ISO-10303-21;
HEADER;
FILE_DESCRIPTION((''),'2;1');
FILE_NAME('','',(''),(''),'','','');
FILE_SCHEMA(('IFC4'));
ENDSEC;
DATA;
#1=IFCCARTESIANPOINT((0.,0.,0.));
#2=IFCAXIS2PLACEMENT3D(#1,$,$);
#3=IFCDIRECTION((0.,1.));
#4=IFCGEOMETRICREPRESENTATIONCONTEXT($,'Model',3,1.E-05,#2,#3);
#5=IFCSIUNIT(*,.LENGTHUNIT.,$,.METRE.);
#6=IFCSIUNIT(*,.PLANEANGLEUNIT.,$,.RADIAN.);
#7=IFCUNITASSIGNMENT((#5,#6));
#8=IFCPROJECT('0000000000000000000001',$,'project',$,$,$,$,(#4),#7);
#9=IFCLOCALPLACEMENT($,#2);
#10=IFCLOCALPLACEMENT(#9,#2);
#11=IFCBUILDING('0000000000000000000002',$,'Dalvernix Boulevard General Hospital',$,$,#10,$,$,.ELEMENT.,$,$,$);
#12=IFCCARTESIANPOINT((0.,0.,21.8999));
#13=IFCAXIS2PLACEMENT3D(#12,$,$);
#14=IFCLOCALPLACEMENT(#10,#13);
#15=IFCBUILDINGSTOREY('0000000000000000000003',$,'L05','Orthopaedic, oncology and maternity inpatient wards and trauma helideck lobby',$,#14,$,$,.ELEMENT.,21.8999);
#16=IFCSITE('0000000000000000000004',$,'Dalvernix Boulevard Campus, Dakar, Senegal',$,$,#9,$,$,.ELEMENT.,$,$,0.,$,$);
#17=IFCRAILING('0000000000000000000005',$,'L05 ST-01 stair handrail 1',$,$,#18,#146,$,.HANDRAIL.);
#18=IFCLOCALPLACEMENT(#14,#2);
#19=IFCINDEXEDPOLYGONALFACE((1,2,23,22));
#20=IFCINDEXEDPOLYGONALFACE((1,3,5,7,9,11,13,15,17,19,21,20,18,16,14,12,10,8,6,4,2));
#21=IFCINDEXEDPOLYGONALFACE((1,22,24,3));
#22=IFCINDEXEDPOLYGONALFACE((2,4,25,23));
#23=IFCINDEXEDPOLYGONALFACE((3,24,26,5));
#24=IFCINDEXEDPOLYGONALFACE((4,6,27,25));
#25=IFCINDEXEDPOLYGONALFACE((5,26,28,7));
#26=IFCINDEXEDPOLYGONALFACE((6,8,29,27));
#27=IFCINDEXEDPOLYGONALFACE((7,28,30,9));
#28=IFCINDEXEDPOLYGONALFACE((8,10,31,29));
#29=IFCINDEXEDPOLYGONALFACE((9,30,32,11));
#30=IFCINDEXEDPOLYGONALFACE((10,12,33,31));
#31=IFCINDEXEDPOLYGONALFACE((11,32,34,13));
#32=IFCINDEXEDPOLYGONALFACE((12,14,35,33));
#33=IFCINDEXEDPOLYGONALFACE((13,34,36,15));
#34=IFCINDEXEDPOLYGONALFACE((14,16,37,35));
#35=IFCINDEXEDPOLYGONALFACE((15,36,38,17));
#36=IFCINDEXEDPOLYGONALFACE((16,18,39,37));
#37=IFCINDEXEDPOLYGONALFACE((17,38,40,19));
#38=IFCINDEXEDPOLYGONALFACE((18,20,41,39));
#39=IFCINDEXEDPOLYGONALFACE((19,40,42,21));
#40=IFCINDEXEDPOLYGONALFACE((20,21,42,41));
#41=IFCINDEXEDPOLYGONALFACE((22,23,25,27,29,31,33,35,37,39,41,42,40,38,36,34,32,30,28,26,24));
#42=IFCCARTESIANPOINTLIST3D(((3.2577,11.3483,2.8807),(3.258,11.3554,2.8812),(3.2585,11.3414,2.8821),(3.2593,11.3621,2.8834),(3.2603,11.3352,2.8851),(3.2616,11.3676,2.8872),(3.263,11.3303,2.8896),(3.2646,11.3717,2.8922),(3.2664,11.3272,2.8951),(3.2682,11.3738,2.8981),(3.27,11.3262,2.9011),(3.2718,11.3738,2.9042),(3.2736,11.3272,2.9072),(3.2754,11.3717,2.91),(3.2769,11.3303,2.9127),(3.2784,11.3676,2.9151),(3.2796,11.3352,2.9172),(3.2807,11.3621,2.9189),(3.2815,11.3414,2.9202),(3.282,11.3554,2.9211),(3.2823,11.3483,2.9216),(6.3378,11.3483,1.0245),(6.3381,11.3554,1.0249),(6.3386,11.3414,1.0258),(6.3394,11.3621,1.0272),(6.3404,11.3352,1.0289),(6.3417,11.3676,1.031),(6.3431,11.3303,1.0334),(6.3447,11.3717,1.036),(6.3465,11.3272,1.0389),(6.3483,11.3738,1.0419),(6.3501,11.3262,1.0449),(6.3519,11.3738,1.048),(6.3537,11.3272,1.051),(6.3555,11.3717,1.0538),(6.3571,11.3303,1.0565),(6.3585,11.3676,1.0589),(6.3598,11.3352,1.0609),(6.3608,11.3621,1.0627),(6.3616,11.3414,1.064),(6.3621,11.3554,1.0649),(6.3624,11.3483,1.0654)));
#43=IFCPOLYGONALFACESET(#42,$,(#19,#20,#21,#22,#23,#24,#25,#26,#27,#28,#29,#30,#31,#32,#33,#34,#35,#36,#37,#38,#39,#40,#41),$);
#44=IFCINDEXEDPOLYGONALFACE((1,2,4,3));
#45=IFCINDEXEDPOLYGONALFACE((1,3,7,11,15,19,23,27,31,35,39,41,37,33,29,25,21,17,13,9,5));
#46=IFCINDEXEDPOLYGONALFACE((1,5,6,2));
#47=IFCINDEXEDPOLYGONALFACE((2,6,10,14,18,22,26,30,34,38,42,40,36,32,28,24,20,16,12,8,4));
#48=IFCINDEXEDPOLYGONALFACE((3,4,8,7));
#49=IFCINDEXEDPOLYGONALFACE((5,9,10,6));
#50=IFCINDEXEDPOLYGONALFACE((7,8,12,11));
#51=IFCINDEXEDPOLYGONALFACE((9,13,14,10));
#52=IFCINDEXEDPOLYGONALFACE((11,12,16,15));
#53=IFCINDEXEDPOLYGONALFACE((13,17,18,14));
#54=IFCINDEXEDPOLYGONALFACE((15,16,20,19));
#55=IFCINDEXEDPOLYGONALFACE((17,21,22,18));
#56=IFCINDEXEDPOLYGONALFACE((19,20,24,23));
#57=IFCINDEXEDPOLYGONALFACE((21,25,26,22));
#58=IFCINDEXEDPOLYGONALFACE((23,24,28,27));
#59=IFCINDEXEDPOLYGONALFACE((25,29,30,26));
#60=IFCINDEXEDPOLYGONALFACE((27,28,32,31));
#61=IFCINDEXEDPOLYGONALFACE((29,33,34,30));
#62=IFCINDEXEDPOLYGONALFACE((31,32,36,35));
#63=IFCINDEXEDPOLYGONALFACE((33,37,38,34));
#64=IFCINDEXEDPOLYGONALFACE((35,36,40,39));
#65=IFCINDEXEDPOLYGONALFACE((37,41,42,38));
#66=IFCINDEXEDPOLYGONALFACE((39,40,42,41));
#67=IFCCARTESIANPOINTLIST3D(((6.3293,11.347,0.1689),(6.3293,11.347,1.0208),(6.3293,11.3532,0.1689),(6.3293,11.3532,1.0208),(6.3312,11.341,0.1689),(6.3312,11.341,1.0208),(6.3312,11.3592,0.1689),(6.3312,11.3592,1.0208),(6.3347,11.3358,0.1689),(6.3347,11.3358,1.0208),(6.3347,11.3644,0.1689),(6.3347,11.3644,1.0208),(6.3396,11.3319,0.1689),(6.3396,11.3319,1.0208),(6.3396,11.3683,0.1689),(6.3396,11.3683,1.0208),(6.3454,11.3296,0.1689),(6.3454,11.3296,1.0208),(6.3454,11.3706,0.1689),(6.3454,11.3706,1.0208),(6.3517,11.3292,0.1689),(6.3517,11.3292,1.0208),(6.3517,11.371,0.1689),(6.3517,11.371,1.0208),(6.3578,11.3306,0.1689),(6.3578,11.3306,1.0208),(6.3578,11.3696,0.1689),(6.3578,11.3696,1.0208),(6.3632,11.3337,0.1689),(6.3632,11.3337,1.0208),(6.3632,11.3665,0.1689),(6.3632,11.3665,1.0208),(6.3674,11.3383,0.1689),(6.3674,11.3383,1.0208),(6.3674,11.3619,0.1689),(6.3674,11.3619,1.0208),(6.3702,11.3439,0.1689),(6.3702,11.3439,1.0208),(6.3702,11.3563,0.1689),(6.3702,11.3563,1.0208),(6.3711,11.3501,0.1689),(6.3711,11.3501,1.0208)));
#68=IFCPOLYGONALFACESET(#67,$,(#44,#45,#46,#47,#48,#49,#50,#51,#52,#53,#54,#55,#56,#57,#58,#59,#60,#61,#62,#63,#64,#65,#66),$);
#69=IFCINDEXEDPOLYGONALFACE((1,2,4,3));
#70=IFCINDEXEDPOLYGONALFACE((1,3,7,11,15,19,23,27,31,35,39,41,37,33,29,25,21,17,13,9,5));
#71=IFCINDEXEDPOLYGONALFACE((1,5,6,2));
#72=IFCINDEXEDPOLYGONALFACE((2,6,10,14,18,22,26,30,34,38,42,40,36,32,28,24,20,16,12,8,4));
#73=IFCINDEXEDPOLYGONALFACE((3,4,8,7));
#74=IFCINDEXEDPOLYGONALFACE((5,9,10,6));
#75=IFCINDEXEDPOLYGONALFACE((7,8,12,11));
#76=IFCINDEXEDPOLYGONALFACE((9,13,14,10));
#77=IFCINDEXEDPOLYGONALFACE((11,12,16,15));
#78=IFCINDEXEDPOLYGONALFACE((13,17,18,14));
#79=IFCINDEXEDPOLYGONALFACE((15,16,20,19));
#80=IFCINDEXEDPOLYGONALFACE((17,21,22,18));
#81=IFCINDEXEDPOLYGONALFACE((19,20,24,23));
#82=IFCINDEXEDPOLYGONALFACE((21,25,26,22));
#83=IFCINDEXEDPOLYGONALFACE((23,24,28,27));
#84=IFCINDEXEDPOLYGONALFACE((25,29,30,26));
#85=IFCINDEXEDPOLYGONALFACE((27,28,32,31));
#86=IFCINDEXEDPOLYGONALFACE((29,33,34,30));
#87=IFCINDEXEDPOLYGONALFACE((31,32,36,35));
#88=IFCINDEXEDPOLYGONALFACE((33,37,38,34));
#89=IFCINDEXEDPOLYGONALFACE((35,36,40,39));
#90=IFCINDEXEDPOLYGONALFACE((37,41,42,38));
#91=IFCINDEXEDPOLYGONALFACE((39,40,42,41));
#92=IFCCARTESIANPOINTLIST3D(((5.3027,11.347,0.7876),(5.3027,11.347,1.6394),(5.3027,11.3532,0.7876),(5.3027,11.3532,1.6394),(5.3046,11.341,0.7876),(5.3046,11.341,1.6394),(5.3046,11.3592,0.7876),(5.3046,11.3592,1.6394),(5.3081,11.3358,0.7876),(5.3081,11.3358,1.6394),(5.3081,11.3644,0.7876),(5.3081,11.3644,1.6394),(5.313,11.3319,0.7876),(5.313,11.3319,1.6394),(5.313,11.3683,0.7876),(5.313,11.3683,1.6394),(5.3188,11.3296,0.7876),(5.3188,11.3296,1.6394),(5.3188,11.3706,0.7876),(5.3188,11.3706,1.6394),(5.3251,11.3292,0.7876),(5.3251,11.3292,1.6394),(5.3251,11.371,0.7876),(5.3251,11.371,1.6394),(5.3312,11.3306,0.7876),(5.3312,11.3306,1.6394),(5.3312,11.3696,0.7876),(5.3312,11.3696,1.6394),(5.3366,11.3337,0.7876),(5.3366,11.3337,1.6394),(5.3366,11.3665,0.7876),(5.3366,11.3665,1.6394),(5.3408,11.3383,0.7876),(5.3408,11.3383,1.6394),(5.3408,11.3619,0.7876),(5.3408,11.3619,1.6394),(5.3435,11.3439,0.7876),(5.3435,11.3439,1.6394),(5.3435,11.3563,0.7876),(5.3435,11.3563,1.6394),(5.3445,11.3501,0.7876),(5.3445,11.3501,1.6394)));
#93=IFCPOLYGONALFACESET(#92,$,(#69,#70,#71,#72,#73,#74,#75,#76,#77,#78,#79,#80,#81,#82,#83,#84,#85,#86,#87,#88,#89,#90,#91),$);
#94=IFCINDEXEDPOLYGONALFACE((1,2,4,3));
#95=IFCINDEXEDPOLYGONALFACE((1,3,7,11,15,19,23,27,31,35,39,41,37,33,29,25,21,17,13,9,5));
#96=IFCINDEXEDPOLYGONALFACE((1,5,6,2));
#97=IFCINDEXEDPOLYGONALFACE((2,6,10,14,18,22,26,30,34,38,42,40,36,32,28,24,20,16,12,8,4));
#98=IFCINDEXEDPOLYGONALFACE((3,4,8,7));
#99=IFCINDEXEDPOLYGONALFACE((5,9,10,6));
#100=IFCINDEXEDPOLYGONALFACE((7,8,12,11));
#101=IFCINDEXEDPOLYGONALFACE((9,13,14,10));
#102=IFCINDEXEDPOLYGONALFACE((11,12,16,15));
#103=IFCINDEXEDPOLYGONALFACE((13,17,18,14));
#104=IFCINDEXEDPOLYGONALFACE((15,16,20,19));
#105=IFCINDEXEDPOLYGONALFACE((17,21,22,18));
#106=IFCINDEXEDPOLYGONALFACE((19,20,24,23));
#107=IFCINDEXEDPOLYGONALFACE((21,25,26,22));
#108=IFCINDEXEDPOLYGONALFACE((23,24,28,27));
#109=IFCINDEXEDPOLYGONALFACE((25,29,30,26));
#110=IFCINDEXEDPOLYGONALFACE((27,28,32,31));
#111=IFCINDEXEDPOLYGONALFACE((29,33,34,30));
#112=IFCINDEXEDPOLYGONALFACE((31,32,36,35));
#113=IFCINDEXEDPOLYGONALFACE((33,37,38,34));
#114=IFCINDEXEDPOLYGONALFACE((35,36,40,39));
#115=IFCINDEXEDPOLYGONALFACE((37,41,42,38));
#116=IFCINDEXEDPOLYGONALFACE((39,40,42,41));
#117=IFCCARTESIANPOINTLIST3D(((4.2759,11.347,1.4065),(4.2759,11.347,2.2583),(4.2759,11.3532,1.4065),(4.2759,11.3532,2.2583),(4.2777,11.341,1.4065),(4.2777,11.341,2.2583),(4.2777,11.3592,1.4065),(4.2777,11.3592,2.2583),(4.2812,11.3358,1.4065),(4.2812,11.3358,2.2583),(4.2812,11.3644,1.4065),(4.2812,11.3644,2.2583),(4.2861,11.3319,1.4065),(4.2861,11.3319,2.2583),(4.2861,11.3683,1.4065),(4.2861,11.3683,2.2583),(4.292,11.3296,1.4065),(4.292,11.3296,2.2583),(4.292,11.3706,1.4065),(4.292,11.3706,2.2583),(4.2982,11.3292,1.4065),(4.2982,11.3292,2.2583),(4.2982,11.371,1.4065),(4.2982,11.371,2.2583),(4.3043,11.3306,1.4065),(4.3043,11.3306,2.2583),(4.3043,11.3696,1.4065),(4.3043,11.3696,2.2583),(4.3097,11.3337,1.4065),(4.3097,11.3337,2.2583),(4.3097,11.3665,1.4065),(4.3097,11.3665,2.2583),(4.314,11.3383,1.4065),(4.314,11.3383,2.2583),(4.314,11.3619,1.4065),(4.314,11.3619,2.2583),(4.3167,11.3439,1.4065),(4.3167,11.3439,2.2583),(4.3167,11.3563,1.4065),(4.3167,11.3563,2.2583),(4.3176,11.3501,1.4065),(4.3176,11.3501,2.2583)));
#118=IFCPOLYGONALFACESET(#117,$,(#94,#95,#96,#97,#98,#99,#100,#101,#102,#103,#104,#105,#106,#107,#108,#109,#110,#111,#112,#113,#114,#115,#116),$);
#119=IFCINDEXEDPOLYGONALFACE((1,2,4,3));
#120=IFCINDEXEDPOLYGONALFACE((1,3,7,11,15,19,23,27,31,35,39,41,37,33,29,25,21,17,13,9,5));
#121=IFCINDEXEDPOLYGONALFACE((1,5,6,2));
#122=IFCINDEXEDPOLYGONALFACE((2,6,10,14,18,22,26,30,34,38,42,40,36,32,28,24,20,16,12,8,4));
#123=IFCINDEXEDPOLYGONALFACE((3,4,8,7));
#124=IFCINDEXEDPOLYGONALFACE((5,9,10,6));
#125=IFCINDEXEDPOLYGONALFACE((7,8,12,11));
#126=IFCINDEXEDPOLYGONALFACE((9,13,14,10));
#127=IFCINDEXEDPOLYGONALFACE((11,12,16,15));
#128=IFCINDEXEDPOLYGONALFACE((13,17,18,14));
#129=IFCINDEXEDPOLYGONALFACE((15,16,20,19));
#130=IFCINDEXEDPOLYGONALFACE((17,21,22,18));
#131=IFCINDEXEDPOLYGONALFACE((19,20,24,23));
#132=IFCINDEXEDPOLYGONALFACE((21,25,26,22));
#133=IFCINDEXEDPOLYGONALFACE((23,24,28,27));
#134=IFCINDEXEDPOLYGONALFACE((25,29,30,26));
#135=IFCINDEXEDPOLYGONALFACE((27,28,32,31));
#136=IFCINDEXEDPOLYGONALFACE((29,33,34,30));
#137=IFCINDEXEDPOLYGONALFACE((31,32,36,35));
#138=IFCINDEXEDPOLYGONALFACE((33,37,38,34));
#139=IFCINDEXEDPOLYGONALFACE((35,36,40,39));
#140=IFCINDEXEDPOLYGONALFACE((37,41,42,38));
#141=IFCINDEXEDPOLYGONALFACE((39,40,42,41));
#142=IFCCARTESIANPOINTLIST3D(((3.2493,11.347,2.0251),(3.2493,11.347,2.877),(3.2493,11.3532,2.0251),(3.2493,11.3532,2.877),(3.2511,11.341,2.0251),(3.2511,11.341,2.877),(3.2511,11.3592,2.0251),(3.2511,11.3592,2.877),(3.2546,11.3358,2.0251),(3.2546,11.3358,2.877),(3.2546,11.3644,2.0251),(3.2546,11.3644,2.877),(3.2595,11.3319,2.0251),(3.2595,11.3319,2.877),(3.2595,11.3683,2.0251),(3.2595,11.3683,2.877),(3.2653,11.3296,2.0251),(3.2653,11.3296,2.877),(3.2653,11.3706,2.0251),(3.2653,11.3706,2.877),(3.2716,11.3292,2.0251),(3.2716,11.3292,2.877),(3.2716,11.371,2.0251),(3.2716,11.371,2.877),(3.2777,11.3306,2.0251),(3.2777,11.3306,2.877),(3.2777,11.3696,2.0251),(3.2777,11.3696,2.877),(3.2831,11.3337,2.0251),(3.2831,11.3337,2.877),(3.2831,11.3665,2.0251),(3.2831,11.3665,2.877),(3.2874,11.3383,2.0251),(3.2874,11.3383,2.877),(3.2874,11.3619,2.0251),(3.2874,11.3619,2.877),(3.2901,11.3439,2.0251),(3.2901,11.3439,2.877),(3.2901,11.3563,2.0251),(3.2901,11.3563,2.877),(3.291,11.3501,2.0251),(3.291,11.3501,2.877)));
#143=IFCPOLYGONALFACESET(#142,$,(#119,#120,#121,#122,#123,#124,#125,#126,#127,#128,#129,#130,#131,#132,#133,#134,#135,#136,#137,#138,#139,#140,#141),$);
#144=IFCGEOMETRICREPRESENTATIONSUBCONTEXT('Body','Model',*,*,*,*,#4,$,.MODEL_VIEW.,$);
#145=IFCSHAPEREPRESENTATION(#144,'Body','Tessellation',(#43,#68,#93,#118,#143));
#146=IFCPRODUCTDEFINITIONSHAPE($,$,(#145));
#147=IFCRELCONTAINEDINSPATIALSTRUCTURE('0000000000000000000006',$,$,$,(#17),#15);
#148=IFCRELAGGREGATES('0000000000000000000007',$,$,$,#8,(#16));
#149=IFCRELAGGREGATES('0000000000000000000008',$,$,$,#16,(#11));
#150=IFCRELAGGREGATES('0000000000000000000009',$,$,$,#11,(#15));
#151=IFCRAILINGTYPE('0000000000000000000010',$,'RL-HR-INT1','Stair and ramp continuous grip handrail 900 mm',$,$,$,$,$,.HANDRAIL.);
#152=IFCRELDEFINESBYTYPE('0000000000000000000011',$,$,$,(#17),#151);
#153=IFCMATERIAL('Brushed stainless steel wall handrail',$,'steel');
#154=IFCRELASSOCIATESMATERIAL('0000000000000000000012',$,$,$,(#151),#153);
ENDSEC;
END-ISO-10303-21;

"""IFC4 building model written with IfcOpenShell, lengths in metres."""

from ifc_helpers import new_model, si_unit, direction, frame, origin, origin_2d, place, context, subcontext, project, spatial, circle, extrude, material, type_object, element, save


model = new_model("IFC4")

# Units and contexts
model_context = context("Model", 3, precision=1e-05, world=origin(), true_north=direction((0.0, 1.0)))
body_context = subcontext(model_context, "Body", "Model", "MODEL_VIEW")
ifc_project = project(units=[si_unit("LENGTHUNIT", "METRE"), si_unit("PLANEANGLEUNIT", "RADIAN")], contexts=[model_context])

# Site, building, storey
site_placement = place(None, origin())
site = spatial("IfcSite", under=ifc_project, at=site_placement, Name="Dalvernix Boulevard Campus, Dakar, Senegal", CompositionType="ELEMENT", RefElevation=0.0)
building_placement = place(site_placement, origin())
building = spatial("IfcBuilding", under=site, at=building_placement, Name="Dalvernix Boulevard General Hospital", CompositionType="ELEMENT")
storey_placement = place(building_placement, frame((0.0, 0.0, 21.8999)))
storey = spatial("IfcBuildingStorey", under=building, at=storey_placement, Name="L05", Description="Orthopaedic, oncology and maternity inpatient wards and trauma helideck lobby", CompositionType="ELEMENT", Elevation=21.8999)

# Railing
ifc_material_1 = material(Name="Brushed stainless steel wall handrail", Category="steel")
railing_type_1 = type_object("IfcRailingType", Name="RL-HR-INT1", Description="Stair and ramp continuous grip handrail 900 mm", PredefinedType="HANDRAIL", material=ifc_material_1)
railing_1_placement = place(storey_placement, frame((6.3501, 11.3501, 0.1689)))
element("IfcRailing", 1, at=railing_1_placement, inside=storey, type_object=railing_type_1, Name="L05 ST-01 stair handrail 1", PredefinedType="HANDRAIL", context=body_context, shape_type="SweptSolid", body=[
    extrude(circle(Radius=0.0239, at=origin_2d()), frame((0.0, 0.0, 0.876), z_axis=(-0.856491, 0.0, 0.516162), x_axis=(0.0, -1.0, 0.0)), (0.0, 0.0, 1.0), 3.5962),
    extrude(circle(Radius=0.021, at=origin_2d()), origin(), (0.0, 0.0, 1.0), 0.8518),
    extrude(circle(Radius=0.021, at=origin_2d()), frame((-1.0266, 0.0, 0.6187)), (0.0, 0.0, 1.0), 0.8518),
    extrude(circle(Radius=0.021, at=origin_2d()), frame((-2.0535, 0.0, 1.2375)), (0.0, 0.0, 1.0), 0.8518),
    extrude(circle(Radius=0.021, at=origin_2d()), frame((-3.0801, 0.0, 1.8562)), (0.0, 0.0, 1.0), 0.8518),
])

save(model, "model.ifc")
